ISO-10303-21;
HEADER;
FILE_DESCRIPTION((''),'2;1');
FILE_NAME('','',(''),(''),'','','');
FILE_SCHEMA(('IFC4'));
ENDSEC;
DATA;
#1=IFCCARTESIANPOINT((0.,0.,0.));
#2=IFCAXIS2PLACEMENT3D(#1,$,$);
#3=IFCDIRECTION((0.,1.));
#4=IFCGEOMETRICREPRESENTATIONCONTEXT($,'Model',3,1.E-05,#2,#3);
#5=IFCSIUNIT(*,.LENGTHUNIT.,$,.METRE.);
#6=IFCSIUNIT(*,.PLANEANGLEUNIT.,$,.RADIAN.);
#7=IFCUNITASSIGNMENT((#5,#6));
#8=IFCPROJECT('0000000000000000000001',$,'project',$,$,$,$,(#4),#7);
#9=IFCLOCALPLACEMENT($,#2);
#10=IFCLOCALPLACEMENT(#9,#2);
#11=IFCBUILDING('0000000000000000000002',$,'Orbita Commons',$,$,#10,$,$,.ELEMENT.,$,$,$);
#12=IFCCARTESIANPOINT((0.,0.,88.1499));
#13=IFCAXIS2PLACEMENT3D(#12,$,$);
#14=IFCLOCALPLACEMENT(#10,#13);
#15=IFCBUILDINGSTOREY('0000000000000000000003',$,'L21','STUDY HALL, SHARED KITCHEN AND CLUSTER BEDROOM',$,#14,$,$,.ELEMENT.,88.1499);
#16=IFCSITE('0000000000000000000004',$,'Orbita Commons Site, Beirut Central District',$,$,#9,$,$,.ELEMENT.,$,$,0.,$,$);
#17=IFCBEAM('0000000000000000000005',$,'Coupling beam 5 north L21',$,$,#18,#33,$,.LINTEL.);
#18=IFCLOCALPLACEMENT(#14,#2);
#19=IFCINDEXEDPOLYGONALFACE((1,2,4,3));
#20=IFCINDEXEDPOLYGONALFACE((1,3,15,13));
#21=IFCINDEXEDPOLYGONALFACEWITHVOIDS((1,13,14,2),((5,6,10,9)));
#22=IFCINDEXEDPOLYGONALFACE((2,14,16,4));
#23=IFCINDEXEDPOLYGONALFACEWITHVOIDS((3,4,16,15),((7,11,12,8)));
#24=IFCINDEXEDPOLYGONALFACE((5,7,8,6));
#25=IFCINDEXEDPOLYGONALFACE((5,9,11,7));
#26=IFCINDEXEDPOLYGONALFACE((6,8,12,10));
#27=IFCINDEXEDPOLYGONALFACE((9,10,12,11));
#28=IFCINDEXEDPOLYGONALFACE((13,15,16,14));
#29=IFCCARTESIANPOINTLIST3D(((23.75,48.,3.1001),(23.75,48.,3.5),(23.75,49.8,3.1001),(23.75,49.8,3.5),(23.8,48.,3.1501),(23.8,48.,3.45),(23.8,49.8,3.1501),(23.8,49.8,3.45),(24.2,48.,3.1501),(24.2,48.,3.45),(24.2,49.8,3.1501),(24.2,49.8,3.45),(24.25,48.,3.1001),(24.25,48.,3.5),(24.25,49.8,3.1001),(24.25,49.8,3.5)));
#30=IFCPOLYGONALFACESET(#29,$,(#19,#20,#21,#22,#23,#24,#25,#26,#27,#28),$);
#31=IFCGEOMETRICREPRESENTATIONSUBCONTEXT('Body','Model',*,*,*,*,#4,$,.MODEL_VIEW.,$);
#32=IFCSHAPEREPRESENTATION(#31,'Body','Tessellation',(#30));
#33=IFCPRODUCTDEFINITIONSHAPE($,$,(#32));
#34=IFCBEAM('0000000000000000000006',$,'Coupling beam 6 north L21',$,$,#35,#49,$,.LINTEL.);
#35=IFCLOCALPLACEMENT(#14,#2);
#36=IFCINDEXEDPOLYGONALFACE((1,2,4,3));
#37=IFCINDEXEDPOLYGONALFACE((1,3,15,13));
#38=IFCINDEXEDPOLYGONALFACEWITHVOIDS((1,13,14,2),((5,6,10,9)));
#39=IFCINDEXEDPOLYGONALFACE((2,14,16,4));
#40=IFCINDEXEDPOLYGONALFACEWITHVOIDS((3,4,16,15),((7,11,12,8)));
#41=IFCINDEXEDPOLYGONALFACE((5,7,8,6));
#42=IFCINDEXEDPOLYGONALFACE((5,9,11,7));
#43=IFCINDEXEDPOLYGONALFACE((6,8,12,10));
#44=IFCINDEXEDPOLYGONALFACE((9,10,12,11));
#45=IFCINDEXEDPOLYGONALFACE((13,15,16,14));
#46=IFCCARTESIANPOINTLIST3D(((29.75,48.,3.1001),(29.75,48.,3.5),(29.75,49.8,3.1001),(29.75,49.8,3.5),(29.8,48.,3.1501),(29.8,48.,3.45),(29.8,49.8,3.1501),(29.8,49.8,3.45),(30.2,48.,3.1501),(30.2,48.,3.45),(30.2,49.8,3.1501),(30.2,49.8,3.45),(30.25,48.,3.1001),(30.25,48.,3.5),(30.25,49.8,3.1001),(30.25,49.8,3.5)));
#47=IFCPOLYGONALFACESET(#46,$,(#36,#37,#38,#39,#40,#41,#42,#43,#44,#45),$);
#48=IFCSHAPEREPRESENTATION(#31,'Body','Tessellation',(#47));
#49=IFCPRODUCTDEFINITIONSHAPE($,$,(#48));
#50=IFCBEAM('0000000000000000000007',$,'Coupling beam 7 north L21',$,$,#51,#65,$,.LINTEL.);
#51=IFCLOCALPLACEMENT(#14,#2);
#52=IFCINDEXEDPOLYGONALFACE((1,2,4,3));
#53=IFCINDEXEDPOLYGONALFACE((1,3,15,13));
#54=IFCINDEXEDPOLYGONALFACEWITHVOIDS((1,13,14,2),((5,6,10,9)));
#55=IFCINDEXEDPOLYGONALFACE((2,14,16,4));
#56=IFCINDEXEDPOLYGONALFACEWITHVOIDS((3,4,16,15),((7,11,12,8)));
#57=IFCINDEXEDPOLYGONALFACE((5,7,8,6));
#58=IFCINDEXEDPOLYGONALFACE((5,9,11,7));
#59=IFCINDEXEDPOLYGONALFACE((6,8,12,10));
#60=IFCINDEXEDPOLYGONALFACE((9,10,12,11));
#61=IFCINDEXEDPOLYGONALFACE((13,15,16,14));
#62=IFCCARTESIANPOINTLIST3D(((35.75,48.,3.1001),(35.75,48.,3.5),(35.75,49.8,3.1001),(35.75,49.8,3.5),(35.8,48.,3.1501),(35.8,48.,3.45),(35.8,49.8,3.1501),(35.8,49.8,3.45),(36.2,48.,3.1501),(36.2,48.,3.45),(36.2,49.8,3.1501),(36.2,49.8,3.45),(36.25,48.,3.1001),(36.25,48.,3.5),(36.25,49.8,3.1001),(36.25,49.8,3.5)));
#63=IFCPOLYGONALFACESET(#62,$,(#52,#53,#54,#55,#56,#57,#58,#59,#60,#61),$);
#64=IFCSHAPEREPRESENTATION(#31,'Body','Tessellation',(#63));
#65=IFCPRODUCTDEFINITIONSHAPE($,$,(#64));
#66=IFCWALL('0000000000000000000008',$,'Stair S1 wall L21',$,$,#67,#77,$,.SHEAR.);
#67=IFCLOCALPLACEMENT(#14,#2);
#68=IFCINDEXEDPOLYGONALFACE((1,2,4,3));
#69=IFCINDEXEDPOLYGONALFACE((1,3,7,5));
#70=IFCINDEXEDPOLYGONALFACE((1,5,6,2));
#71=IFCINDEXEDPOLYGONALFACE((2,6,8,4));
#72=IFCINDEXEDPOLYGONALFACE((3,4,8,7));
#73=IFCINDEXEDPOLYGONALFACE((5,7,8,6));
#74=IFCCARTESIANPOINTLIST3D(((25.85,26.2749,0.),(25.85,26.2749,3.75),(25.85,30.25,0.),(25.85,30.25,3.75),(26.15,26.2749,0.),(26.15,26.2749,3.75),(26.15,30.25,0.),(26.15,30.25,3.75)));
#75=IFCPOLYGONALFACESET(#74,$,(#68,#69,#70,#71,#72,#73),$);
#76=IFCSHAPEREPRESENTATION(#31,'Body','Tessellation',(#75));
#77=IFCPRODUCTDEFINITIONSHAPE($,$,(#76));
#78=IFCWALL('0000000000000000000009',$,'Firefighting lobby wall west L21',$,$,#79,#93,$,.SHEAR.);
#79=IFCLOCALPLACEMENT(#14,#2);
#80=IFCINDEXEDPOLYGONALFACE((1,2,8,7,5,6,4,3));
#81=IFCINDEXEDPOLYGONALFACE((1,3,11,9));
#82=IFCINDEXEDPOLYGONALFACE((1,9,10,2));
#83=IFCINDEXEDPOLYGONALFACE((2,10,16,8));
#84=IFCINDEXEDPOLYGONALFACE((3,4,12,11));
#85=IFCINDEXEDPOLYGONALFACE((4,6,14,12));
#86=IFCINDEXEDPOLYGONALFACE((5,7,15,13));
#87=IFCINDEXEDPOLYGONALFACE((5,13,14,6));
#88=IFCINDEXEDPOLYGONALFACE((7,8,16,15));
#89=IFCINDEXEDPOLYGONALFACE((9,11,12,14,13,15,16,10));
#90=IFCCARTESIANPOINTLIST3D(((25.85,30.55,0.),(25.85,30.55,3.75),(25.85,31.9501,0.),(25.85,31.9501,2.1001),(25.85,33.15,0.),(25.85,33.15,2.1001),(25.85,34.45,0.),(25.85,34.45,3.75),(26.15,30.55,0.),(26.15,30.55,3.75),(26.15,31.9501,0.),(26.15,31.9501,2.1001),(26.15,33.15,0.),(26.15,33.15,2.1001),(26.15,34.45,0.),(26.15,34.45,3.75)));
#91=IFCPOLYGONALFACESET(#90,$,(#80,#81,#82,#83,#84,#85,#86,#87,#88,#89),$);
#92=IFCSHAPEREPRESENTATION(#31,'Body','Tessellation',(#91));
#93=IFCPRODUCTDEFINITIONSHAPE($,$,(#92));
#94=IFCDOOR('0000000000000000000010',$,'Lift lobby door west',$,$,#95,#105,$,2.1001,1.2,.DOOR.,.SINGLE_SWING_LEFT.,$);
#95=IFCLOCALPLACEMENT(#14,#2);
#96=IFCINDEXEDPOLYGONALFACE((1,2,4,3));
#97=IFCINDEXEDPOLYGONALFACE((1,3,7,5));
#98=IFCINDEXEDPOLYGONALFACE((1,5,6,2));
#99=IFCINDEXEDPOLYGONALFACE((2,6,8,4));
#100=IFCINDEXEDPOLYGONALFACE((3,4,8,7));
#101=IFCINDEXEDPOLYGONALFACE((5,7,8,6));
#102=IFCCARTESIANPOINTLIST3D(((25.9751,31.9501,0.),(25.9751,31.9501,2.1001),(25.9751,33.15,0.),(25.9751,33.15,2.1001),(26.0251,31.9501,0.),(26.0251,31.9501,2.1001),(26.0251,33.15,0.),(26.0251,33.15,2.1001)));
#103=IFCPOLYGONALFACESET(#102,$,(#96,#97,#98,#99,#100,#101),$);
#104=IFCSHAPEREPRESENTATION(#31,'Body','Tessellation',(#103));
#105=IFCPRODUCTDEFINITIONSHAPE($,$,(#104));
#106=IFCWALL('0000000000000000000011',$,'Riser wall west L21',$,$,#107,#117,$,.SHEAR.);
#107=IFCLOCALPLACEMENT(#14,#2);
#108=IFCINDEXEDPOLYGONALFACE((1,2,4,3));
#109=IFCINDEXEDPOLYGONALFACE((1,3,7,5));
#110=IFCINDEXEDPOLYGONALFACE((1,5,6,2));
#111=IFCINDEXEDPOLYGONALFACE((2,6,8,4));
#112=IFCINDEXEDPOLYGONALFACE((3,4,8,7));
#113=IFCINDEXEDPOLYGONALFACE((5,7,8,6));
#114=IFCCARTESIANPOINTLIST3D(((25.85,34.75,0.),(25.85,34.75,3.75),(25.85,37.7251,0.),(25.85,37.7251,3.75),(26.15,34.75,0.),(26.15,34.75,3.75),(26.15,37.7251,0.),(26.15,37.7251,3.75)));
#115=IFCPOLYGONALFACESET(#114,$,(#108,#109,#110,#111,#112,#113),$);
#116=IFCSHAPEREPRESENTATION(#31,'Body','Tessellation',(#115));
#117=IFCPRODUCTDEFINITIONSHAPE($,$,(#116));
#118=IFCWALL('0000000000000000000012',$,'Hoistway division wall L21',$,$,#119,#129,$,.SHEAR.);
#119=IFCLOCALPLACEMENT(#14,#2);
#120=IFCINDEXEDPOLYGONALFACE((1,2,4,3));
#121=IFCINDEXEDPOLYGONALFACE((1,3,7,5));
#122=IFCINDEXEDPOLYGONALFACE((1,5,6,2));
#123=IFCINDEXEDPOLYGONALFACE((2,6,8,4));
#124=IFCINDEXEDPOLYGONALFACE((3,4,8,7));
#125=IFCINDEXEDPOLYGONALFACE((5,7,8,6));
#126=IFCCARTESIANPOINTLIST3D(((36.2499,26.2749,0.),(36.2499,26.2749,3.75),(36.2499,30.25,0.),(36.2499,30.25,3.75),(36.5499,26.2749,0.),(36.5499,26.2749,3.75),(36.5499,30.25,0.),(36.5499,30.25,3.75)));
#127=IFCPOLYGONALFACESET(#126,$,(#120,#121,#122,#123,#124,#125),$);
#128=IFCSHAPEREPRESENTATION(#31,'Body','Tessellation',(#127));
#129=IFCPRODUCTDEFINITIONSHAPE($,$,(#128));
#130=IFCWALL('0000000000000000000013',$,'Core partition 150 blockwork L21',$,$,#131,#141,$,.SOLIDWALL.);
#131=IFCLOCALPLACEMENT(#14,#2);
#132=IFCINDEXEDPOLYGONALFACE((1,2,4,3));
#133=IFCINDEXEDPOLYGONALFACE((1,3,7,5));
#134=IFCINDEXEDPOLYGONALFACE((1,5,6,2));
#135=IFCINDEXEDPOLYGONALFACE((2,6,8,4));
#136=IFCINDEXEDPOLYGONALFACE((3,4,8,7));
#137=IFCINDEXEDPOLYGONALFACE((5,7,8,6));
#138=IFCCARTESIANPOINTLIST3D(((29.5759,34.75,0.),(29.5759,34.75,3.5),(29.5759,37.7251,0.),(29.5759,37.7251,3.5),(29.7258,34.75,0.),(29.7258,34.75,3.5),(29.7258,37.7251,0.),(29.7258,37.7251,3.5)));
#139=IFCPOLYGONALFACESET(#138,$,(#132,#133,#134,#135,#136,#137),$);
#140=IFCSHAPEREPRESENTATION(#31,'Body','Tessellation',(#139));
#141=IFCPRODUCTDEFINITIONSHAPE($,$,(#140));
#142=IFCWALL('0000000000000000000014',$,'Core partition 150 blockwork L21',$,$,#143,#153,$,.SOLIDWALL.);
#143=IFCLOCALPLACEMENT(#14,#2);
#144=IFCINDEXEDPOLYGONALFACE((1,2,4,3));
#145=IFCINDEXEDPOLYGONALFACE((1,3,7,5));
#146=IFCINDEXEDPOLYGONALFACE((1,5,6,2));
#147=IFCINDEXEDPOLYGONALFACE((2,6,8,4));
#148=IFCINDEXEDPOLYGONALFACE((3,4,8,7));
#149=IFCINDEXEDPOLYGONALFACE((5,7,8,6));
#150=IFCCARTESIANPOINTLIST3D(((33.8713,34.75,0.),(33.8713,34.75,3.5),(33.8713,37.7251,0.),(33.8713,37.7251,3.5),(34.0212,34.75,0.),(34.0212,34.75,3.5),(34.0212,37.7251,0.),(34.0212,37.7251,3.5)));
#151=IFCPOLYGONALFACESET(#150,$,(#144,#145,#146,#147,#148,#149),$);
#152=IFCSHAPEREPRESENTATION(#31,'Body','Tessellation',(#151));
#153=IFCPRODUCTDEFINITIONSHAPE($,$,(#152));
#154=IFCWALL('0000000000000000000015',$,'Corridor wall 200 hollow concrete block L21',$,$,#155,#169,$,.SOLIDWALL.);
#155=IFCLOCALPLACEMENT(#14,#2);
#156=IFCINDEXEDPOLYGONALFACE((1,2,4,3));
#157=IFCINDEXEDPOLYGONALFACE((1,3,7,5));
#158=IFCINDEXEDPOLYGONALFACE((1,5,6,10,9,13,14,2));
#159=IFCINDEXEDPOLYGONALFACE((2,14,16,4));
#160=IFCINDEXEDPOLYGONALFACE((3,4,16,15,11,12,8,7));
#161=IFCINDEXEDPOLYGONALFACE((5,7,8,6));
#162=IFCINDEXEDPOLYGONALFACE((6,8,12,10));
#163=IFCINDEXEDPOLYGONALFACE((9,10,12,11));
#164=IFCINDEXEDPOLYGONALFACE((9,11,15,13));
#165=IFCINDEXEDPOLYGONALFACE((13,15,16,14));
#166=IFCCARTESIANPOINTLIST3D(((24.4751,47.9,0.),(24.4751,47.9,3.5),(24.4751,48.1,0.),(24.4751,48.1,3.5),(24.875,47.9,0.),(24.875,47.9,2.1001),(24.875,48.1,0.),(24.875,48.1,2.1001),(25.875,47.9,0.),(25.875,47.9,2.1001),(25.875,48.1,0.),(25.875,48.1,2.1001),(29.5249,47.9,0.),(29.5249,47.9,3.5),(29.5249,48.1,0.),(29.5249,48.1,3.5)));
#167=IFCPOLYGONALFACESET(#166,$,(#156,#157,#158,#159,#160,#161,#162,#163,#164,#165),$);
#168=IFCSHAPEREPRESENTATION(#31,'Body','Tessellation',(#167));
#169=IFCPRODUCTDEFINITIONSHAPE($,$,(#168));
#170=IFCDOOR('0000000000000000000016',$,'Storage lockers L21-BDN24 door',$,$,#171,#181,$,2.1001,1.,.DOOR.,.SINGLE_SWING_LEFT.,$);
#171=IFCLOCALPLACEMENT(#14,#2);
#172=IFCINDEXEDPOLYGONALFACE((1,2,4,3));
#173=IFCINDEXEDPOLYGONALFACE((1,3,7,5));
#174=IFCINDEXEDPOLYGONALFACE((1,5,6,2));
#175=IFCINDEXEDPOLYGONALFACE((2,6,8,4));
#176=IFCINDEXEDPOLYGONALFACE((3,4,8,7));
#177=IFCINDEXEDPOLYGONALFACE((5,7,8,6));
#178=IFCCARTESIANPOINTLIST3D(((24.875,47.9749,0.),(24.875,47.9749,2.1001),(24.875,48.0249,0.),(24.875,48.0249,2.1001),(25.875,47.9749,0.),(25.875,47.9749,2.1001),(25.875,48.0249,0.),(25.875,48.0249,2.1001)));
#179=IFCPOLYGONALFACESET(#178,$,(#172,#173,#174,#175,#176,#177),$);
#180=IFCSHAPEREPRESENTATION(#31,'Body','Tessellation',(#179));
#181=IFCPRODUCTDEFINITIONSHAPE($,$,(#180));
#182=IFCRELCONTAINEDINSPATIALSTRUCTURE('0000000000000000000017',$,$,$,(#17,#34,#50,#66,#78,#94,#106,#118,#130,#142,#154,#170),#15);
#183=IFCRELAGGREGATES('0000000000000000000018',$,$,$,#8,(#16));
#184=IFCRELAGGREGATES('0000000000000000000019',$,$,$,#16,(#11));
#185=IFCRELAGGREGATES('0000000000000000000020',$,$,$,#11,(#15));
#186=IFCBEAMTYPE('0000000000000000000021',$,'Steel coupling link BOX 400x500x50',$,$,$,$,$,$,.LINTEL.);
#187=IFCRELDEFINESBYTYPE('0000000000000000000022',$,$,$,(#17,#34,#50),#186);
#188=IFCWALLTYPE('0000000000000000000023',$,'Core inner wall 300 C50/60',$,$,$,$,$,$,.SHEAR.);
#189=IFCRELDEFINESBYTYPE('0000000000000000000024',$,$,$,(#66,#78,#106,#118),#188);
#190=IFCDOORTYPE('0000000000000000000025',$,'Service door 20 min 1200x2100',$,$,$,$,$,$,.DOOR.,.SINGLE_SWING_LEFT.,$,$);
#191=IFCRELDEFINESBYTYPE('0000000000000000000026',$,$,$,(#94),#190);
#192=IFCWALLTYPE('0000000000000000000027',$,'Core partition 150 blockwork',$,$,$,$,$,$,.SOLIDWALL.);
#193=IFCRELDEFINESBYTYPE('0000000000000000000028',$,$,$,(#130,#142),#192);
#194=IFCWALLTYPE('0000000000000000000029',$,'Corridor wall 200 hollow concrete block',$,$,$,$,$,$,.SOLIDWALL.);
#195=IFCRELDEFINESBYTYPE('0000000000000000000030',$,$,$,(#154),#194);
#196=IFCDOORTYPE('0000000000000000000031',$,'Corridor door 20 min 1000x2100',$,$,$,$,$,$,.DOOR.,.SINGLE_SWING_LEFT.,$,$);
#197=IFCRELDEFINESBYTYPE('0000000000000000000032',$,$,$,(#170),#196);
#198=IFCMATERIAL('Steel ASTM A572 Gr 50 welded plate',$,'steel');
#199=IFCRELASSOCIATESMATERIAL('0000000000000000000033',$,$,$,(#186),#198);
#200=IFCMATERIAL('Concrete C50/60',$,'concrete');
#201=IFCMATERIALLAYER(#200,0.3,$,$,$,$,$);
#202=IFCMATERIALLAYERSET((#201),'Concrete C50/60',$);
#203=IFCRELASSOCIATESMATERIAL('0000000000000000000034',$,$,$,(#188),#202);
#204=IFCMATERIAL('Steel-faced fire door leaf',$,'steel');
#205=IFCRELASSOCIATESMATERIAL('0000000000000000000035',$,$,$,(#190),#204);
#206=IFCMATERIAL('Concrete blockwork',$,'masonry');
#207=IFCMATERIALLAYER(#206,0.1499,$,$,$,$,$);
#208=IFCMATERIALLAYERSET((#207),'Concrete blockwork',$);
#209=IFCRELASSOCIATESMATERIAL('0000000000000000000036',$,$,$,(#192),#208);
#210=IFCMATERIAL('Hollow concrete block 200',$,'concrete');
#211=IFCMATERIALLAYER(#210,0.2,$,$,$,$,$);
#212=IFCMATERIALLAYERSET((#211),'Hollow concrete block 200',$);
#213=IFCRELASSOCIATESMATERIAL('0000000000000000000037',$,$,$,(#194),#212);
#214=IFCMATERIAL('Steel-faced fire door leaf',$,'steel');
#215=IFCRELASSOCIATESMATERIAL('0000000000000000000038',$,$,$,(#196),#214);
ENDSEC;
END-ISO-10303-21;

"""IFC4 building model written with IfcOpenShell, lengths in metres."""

from ifc_helpers import new_model, si_unit, direction, frame, frame_2d, origin, origin_2d, place, context, subcontext, project, spatial, rectangle, hollow_rectangle, extrude, material, layer, layer_set, material_profile, profile_set, type_object, element, fill, save


model = new_model("IFC4")

# Units and contexts
model_context = context("Model", 3, precision=1e-05, world=origin(), true_north=direction((0.0, 1.0)))
body_context = subcontext(model_context, "Body", "Model", "MODEL_VIEW")
ifc_project = project(units=[si_unit("LENGTHUNIT", "METRE"), si_unit("PLANEANGLEUNIT", "RADIAN")], contexts=[model_context])

# Site, building, storey
site_placement = place(None, origin())
site = spatial("IfcSite", under=ifc_project, at=site_placement, Name="Orbita Commons Site, Beirut Central District", CompositionType="ELEMENT", RefElevation=0.0)
building_placement = place(site_placement, origin())
building = spatial("IfcBuilding", under=site, at=building_placement, Name="Orbita Commons", CompositionType="ELEMENT")
storey_placement = place(building_placement, frame((0.0, 0.0, 88.1499)))
storey = spatial("IfcBuildingStorey", under=building, at=storey_placement, Name="L21", Description="STUDY HALL, SHARED KITCHEN AND CLUSTER BEDROOM", CompositionType="ELEMENT", Elevation=88.1499)

# Beams
ifc_material_1 = material(Name="Steel ASTM A572 Gr 50 welded plate", Category="steel")
ifc_material_profile = material_profile(ifc_material_1, hollow_rectangle(XDim=0.5, YDim=0.3999, WallThickness=0.05, at=origin_2d()), Name="BOX 400x500x50")
ifc_profile_set = profile_set([ifc_material_profile], Name="Steel ASTM A572 Gr 50 welded plate")
beam_type = type_object("IfcBeamType", Name="Steel coupling link BOX 400x500x50", PredefinedType="LINTEL", material=ifc_profile_set)
for number, where, z_axis, x_axis, name in (
    (1, (24.0, 48.0, 3.3), (0.0, 1.0, 0.0), (-1.0, 0.0, 0.0), "Coupling beam 5 north L21"),
    (2, (30.0, 48.0, 3.3), (0.0, 1.0, 0.0), (-1.0, 0.0, 0.0), "Coupling beam 6 north L21"),
    (3, (36.0, 48.0, 3.3), (0.0, 1.0, 0.0), (-1.0, 0.0, 0.0), "Coupling beam 7 north L21"),
):
    element("IfcBeam", number, at=place(storey_placement, frame(where, z_axis=z_axis, x_axis=x_axis)), inside=storey, type_object=beam_type, Name=name, PredefinedType="LINTEL", context=body_context, shape_type="SweptSolid", body=[
        extrude(hollow_rectangle(XDim=0.5, YDim=0.3999, WallThickness=0.05, at=origin_2d()), origin(), (0.0, 0.0, 1.0), 1.8),
    ])

# Wall
ifc_material_2 = material(Name="Concrete C50/60", Category="concrete")
ifc_layer_1 = layer(ifc_material_2, 0.3)
ifc_layer_set_1 = layer_set([ifc_layer_1], Name="Concrete C50/60")
wall_type_1 = type_object("IfcWallType", Name="Core inner wall 300 C50/60", PredefinedType="SHEAR", material=ifc_layer_set_1)
wall_1_placement = place(storey_placement, frame((26.0, 26.2749, 0.0), z_axis=(0.0, 0.0, 1.0), x_axis=(0.0, 1.0, 0.0)))
element("IfcWall", 4, at=wall_1_placement, inside=storey, type_object=wall_type_1, Name="Stair S1 wall L21", PredefinedType="SHEAR", context=body_context, shape_type="SweptSolid", body=[
    extrude(rectangle(XDim=3.9751, YDim=0.3, at=frame_2d((1.9875, 0.0))), origin(), (0.0, 0.0, 1.0), 3.75),
])

# Wall, opening, door
wall_2_placement = place(storey_placement, frame((26.0, 30.55, 0.0), z_axis=(0.0, 0.0, 1.0), x_axis=(0.0, 1.0, 0.0)))
wall_2 = element("IfcWall", 5, at=wall_2_placement, inside=storey, type_object=wall_type_1, Name="Firefighting lobby wall west L21", PredefinedType="SHEAR", context=body_context, shape_type="SweptSolid", body=[
    extrude(rectangle(XDim=3.8999, YDim=0.3, at=frame_2d((1.95, 0.0))), origin(), (0.0, 0.0, 1.0), 3.75),
])
opening_1_placement = place(wall_2_placement, frame((1.3999, 0.0, 0.0)))
opening_1 = element("IfcOpeningElement", 6, at=opening_1_placement, cuts=wall_2, PredefinedType="OPENING", context=body_context, shape_type="SweptSolid", body=[
    extrude(rectangle(XDim=1.2, YDim=2.1001, at=frame_2d((0.6001, 1.05))), frame((0.0, 0.1599, 0.0), z_axis=(0.0, -1.0, 0.0), x_axis=(1.0, 0.0, 0.0)), (0.0, 0.0, 1.0), 0.3201),
])
ifc_material_3 = material(Name="Steel-faced fire door leaf", Category="steel")
door_type_1 = type_object("IfcDoorType", Name="Service door 20 min 1200x2100", OperationType="SINGLE_SWING_LEFT", PredefinedType="DOOR", material=ifc_material_3)
door_1_placement = place(opening_1_placement, origin())
door_1 = element("IfcDoor", 7, at=door_1_placement, inside=storey, type_object=door_type_1, Name="Lift lobby door west", OperationType="SINGLE_SWING_LEFT", OverallHeight=2.1001, OverallWidth=1.2, PredefinedType="DOOR", context=body_context, shape_type="SweptSolid", body=[
    extrude(rectangle(XDim=1.2, YDim=2.1001, at=frame_2d((0.6001, 1.05))), frame((0.0, 0.0249, 0.0), z_axis=(0.0, -1.0, 0.0), x_axis=(1.0, 0.0, 0.0)), (0.0, 0.0, 1.0), 0.05),
])
fill(opening_1, door_1)

# Walls
wall_3_placement = place(storey_placement, frame((26.0, 34.75, 0.0), z_axis=(0.0, 0.0, 1.0), x_axis=(0.0, 1.0, 0.0)))
element("IfcWall", 8, at=wall_3_placement, inside=storey, type_object=wall_type_1, Name="Riser wall west L21", PredefinedType="SHEAR", context=body_context, shape_type="SweptSolid", body=[
    extrude(rectangle(XDim=2.9751, YDim=0.3, at=frame_2d((1.4875, 0.0))), origin(), (0.0, 0.0, 1.0), 3.75),
])
wall_4_placement = place(storey_placement, frame((36.3999, 26.2749, 0.0), z_axis=(0.0, 0.0, 1.0), x_axis=(0.0, 1.0, 0.0)))
element("IfcWall", 9, at=wall_4_placement, inside=storey, type_object=wall_type_1, Name="Hoistway division wall L21", PredefinedType="SHEAR", context=body_context, shape_type="SweptSolid", body=[
    extrude(rectangle(XDim=3.9751, YDim=0.3, at=frame_2d((1.9875, 0.0))), origin(), (0.0, 0.0, 1.0), 3.75),
])
ifc_material_4 = material(Name="Concrete blockwork", Category="masonry")
ifc_layer_2 = layer(ifc_material_4, 0.1499)
ifc_layer_set_2 = layer_set([ifc_layer_2], Name="Concrete blockwork")
wall_type_2 = type_object("IfcWallType", Name="Core partition 150 blockwork", PredefinedType="SOLIDWALL", material=ifc_layer_set_2)
for number, where, z_axis, x_axis, name in (
    (10, (29.6509, 34.75, 0.0), (0.0, 0.0, 1.0), (0.0, 1.0, 0.0), "Core partition 150 blockwork L21"),
    (11, (33.9463, 34.75, 0.0), (0.0, 0.0, 1.0), (0.0, 1.0, 0.0), "Core partition 150 blockwork L21"),
):
    element("IfcWall", number, at=place(storey_placement, frame(where, z_axis=z_axis, x_axis=x_axis)), inside=storey, type_object=wall_type_2, Name=name, PredefinedType="SOLIDWALL", context=body_context, shape_type="SweptSolid", body=[
        extrude(rectangle(XDim=2.9751, YDim=0.1499, at=frame_2d((1.4875, 0.0))), origin(), (0.0, 0.0, 1.0), 3.5),
    ])

# Wall, opening, door
ifc_material_5 = material(Name="Hollow concrete block 200", Category="concrete")
ifc_layer_3 = layer(ifc_material_5, 0.2)
ifc_layer_set_3 = layer_set([ifc_layer_3], Name="Hollow concrete block 200")
wall_type_3 = type_object("IfcWallType", Name="Corridor wall 200 hollow concrete block", PredefinedType="SOLIDWALL", material=ifc_layer_set_3)
wall_5_placement = place(storey_placement, frame((24.4751, 48.0, 0.0), z_axis=(0.0, 0.0, 1.0), x_axis=(1.0, 0.0, 0.0)))
wall_5 = element("IfcWall", 12, at=wall_5_placement, inside=storey, type_object=wall_type_3, Name="Corridor wall 200 hollow concrete block L21", PredefinedType="SOLIDWALL", context=body_context, shape_type="SweptSolid", body=[
    extrude(rectangle(XDim=5.0498, YDim=0.2, at=frame_2d((2.5249, 0.0))), origin(), (0.0, 0.0, 1.0), 3.5),
])
opening_2_placement = place(wall_5_placement, frame((0.3999, 0.0, 0.0)))
opening_2 = element("IfcOpeningElement", 13, at=opening_2_placement, cuts=wall_5, PredefinedType="OPENING", context=body_context, shape_type="SweptSolid", body=[
    extrude(rectangle(XDim=1.0, YDim=2.1001, at=frame_2d((0.5, 1.05))), frame((0.0, 0.1099, 0.0), z_axis=(0.0, -1.0, 0.0), x_axis=(1.0, 0.0, 0.0)), (0.0, 0.0, 1.0), 0.22),
])
ifc_material_6 = material(Name="Steel-faced fire door leaf", Category="steel")
door_type_2 = type_object("IfcDoorType", Name="Corridor door 20 min 1000x2100", OperationType="SINGLE_SWING_LEFT", PredefinedType="DOOR", material=ifc_material_6)
door_2_placement = place(opening_2_placement, origin())
door_2 = element("IfcDoor", 14, at=door_2_placement, inside=storey, type_object=door_type_2, Name="Storage lockers L21-BDN24 door", OperationType="SINGLE_SWING_LEFT", OverallHeight=2.1001, OverallWidth=1.0, PredefinedType="DOOR", context=body_context, shape_type="SweptSolid", body=[
    extrude(rectangle(XDim=1.0, YDim=2.1001, at=frame_2d((0.5, 1.05))), frame((0.0, 0.0249, 0.0), z_axis=(0.0, -1.0, 0.0), x_axis=(1.0, 0.0, 0.0)), (0.0, 0.0, 1.0), 0.05),
])
fill(opening_2, door_2)

save(model, "model.ifc")
